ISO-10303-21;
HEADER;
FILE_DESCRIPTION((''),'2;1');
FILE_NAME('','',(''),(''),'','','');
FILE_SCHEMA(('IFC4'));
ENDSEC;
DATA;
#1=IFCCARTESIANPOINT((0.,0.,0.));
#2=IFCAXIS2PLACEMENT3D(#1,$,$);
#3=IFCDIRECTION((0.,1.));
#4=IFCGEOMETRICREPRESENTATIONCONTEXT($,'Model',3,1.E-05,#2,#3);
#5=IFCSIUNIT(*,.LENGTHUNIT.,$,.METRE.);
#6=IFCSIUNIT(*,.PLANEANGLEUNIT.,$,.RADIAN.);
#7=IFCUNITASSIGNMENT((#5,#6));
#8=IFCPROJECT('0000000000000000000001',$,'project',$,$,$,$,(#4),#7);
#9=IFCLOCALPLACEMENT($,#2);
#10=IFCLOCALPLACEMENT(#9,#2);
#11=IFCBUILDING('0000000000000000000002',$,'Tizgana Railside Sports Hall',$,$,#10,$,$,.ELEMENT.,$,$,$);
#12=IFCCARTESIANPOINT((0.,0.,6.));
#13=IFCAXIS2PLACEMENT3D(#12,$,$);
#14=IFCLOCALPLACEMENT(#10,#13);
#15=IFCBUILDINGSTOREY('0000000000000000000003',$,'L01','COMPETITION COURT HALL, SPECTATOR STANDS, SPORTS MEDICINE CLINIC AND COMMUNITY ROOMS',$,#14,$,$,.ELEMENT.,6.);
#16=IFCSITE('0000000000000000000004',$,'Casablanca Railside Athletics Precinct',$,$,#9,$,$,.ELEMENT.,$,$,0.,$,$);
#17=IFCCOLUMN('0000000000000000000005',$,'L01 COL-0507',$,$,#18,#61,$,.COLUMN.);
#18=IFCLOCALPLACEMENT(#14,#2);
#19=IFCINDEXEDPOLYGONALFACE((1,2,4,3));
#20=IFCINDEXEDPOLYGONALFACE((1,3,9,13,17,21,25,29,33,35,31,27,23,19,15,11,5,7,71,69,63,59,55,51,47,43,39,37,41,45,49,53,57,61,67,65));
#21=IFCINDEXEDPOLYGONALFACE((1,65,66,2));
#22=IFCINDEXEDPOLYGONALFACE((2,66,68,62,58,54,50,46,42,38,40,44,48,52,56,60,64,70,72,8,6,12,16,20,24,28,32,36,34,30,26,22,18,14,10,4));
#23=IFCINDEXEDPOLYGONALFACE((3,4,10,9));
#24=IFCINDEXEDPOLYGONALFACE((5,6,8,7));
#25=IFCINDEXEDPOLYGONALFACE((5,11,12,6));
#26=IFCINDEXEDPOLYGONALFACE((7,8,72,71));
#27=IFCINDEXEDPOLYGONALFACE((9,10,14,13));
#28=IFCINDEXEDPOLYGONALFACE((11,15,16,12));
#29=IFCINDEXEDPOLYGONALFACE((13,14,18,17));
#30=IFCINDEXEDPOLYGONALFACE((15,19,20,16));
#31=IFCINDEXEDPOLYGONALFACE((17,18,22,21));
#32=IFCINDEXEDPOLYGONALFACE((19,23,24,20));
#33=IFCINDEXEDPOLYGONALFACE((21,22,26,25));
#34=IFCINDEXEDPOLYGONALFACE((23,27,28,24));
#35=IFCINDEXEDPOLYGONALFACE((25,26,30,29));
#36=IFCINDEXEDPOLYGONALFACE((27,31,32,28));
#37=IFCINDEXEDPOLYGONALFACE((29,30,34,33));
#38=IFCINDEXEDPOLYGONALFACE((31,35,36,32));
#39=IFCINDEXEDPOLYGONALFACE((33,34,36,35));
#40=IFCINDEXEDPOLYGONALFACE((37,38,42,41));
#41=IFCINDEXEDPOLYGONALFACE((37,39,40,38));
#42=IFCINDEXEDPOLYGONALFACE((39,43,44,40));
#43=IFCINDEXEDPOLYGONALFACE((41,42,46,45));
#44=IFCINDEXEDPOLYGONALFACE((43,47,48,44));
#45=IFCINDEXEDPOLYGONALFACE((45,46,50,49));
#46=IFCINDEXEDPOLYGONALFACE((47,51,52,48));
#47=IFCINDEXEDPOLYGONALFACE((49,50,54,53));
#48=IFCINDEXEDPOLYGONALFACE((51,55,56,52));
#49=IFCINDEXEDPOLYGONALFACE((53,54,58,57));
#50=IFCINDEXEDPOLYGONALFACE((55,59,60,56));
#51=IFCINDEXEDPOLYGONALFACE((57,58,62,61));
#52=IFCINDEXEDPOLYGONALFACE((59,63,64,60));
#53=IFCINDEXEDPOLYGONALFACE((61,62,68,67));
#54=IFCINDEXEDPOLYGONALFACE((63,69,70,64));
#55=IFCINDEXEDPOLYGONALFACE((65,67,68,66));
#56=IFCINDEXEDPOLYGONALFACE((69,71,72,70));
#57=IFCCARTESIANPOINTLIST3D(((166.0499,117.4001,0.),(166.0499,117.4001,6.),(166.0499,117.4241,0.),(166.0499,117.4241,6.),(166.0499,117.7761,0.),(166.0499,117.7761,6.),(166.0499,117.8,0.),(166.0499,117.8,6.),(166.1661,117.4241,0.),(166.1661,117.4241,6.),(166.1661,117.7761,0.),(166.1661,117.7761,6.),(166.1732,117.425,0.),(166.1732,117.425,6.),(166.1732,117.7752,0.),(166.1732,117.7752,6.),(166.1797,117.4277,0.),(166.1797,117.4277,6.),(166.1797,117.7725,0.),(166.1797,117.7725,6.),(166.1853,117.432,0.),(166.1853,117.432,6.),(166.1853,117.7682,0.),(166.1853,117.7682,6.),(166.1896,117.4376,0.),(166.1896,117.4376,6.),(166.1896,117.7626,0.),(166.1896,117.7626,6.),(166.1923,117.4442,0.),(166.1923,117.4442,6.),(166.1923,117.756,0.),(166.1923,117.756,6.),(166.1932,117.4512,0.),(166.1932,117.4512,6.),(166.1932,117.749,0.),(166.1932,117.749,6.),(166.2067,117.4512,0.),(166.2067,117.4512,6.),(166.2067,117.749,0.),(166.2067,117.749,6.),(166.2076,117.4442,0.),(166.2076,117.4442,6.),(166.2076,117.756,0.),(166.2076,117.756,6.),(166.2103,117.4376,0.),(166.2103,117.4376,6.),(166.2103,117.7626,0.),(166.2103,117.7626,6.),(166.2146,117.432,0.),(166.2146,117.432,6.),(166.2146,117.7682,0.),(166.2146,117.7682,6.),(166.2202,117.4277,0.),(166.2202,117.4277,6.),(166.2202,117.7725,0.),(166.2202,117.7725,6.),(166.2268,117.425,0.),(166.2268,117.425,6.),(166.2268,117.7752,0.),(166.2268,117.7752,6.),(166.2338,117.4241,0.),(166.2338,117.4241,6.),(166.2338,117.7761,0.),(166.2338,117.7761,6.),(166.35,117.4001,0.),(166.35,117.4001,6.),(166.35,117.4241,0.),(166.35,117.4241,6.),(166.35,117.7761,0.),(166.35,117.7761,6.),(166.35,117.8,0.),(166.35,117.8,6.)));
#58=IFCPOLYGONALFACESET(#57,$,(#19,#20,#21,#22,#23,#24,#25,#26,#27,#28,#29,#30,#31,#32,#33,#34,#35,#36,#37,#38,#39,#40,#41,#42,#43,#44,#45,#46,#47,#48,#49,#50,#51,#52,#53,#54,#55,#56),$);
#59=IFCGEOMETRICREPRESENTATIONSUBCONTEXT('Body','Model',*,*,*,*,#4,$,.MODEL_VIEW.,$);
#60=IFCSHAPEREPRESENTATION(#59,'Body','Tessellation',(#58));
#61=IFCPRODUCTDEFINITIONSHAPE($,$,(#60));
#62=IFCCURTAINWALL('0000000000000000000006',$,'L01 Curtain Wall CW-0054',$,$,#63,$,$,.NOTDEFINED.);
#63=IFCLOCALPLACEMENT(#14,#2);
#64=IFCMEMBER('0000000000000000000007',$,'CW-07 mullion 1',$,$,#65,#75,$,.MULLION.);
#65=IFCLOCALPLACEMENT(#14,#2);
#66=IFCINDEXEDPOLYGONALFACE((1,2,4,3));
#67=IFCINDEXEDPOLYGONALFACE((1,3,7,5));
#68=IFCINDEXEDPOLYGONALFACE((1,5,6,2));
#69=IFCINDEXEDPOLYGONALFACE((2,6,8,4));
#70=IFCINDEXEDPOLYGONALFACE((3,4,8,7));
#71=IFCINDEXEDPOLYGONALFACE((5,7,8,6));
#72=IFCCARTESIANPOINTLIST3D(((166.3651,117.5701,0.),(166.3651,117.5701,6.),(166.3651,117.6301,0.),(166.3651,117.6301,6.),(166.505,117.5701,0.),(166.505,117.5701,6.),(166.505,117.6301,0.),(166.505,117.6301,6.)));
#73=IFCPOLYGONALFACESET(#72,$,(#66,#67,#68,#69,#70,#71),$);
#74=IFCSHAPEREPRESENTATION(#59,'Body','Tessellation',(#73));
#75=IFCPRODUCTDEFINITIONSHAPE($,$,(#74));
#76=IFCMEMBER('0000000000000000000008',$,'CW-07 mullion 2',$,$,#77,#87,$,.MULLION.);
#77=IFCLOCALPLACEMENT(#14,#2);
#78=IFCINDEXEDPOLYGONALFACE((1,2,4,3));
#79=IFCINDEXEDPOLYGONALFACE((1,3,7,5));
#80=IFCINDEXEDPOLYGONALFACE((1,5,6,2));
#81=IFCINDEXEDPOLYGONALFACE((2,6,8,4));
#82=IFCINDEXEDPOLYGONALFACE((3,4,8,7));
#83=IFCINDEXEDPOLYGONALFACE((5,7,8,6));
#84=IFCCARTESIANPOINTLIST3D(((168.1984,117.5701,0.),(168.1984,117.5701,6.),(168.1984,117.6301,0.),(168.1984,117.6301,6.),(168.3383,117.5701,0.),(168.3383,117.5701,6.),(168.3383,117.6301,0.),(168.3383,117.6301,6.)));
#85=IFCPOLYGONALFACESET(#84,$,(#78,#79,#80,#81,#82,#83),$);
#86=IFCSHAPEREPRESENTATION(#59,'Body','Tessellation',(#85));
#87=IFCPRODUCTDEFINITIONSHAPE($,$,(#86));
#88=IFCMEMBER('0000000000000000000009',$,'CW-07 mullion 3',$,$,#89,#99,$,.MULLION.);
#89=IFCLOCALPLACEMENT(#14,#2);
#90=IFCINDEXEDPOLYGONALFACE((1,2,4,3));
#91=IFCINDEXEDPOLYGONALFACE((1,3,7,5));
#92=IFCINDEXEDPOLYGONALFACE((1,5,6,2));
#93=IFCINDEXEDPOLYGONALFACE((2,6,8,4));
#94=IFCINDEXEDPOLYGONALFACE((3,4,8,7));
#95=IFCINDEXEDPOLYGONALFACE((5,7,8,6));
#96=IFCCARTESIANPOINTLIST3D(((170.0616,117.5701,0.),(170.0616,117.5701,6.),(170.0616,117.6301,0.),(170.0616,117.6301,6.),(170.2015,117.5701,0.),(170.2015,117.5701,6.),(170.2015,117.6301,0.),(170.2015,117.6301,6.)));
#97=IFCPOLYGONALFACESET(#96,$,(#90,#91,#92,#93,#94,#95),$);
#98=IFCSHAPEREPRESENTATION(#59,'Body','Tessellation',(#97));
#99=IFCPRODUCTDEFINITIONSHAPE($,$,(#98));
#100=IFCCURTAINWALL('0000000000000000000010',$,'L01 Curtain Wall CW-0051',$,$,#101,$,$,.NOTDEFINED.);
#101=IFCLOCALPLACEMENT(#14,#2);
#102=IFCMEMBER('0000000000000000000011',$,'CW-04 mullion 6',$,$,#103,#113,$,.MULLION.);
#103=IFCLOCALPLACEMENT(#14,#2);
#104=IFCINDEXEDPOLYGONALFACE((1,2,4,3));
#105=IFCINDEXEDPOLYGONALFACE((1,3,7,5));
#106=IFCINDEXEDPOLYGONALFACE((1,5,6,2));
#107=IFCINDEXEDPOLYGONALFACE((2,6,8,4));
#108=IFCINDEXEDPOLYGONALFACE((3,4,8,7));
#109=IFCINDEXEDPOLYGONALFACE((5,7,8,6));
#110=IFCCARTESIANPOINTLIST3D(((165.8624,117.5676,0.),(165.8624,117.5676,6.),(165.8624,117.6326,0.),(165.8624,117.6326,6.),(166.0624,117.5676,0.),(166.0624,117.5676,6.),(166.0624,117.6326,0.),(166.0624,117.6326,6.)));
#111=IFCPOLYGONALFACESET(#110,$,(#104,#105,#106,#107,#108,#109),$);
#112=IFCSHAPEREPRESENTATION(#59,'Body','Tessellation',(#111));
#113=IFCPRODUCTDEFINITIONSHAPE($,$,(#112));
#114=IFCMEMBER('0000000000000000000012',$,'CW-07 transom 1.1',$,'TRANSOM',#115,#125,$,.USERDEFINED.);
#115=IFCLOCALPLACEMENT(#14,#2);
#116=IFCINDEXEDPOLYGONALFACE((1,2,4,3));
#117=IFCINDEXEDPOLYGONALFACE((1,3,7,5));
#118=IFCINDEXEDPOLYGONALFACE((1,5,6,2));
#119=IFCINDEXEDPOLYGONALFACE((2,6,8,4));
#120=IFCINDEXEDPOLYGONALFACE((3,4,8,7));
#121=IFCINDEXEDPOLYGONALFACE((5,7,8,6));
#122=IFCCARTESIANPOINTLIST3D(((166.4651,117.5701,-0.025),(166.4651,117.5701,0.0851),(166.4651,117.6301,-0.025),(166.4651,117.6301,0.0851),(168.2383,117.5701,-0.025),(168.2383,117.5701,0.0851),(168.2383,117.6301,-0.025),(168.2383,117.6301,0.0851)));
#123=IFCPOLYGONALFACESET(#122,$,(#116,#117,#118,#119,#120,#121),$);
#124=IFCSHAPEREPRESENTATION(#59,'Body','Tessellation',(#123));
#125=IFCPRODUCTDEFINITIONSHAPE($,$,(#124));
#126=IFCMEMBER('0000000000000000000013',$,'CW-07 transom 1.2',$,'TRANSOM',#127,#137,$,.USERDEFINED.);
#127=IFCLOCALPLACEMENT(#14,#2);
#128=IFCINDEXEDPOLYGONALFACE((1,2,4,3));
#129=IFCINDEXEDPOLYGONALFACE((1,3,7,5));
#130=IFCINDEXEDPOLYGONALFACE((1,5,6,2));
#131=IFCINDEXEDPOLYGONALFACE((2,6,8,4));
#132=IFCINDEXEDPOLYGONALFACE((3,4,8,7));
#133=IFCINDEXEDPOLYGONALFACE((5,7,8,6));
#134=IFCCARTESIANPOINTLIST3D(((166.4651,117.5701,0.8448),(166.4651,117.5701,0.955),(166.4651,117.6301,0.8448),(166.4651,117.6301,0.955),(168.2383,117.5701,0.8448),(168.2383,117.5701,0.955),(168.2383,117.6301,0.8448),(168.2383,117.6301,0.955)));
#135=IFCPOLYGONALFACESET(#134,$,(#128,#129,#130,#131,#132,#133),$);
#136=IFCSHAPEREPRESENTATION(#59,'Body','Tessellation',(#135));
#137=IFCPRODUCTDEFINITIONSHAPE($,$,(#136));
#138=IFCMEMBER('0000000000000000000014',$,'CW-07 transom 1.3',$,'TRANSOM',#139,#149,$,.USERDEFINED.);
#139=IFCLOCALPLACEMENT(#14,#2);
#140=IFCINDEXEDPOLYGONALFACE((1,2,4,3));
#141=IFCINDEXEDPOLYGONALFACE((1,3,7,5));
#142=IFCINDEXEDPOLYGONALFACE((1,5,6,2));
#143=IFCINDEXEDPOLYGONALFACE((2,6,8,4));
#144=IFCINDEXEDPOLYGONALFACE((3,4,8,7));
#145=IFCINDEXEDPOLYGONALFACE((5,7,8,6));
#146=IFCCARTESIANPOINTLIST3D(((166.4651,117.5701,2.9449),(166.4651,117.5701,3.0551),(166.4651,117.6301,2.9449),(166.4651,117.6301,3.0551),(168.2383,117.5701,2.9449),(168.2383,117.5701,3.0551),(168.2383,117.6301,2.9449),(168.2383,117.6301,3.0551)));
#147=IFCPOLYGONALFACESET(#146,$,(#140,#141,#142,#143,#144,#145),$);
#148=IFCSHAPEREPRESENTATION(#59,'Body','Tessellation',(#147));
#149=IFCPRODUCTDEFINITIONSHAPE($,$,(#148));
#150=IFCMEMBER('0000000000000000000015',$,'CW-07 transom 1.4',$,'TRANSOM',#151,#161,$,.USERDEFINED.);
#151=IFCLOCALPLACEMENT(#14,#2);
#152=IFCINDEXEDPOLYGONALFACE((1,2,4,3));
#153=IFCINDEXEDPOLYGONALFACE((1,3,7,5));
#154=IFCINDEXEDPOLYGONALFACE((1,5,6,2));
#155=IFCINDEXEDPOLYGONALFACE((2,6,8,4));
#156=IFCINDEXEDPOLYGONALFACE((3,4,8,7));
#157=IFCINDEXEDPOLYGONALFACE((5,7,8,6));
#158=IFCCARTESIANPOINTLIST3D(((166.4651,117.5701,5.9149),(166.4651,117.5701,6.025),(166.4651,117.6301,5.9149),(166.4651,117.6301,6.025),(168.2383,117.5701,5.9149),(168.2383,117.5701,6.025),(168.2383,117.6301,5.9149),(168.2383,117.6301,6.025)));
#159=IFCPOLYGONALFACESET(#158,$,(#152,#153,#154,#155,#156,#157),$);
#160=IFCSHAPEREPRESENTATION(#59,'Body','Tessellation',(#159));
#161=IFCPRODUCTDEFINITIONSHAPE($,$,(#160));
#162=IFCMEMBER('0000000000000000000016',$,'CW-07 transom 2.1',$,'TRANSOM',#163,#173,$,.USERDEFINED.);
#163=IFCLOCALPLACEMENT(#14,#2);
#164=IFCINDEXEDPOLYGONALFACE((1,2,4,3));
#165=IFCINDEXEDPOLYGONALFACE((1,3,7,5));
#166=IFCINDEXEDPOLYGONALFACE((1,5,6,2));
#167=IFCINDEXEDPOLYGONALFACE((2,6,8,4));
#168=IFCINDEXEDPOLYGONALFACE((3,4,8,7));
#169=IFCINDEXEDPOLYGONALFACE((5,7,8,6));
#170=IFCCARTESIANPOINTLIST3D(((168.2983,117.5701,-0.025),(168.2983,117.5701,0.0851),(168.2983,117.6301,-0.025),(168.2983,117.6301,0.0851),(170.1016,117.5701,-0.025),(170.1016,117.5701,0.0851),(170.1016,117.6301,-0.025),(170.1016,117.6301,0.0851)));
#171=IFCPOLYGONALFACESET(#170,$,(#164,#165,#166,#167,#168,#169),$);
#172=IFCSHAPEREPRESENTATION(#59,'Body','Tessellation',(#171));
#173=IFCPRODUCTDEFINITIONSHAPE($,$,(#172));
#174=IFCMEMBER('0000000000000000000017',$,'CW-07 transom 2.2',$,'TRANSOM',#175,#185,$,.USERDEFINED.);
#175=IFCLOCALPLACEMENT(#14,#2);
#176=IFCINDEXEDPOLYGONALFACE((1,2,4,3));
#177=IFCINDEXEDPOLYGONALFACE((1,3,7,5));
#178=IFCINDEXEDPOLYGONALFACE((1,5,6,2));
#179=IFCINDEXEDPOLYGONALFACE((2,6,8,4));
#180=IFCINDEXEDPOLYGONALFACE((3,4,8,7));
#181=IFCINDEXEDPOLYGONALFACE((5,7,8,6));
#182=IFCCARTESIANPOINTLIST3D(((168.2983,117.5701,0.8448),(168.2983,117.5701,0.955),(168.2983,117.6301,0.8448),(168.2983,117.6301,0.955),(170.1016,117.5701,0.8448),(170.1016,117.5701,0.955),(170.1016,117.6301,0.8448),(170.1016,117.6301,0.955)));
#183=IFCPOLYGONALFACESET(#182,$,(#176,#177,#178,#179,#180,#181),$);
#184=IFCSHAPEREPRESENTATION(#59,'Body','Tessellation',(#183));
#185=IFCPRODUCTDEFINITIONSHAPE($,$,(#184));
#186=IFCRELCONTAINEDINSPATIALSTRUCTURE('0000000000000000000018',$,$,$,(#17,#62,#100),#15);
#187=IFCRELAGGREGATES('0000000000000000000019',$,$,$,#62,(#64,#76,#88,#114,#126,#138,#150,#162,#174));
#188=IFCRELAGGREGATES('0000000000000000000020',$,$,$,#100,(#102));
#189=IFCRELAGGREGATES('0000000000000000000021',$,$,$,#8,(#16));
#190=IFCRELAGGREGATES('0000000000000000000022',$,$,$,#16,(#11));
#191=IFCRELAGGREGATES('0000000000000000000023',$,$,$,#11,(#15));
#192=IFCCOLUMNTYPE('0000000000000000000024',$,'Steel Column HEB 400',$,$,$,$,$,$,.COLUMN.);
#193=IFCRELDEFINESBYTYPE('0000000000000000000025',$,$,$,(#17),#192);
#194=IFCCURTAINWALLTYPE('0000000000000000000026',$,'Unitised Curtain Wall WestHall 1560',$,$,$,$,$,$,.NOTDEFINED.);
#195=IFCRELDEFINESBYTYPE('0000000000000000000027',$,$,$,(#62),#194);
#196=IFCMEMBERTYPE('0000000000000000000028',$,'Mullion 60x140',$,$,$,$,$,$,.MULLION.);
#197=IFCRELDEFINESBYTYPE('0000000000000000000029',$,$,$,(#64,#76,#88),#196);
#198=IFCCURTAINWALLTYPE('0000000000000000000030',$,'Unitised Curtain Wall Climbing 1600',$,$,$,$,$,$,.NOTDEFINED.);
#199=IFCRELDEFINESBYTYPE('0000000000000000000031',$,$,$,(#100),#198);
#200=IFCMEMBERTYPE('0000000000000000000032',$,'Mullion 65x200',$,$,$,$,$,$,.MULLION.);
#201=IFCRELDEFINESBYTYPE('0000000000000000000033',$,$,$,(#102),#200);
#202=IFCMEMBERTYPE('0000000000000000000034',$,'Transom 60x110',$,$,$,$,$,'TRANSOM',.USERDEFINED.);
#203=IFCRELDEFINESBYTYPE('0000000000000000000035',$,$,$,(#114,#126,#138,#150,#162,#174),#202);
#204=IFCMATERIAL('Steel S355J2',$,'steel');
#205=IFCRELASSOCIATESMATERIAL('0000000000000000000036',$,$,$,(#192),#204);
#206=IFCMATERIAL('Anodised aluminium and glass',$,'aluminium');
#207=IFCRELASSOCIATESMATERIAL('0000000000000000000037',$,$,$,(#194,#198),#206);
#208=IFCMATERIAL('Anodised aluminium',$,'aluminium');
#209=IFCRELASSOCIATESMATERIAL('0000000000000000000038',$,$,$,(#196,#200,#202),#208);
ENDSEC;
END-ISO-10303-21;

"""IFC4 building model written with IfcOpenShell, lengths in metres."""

from ifc_helpers import new_model, si_unit, direction, frame, origin, origin_2d, place, context, subcontext, project, spatial, rectangle, i_section, extrude, material, material_profile, profile_set, type_object, element, aggregate, save


model = new_model("IFC4")

# Units and contexts
model_context = context("Model", 3, precision=1e-05, world=origin(), true_north=direction((0.0, 1.0)))
body_context = subcontext(model_context, "Body", "Model", "MODEL_VIEW")
ifc_project = project(units=[si_unit("LENGTHUNIT", "METRE"), si_unit("PLANEANGLEUNIT", "RADIAN")], contexts=[model_context])

# Site, building, storey
site_placement = place(None, origin())
site = spatial("IfcSite", under=ifc_project, at=site_placement, Name="Casablanca Railside Athletics Precinct", CompositionType="ELEMENT", RefElevation=0.0)
building_placement = place(site_placement, origin())
building = spatial("IfcBuilding", under=site, at=building_placement, Name="Tizgana Railside Sports Hall", CompositionType="ELEMENT")
storey_placement = place(building_placement, frame((0.0, 0.0, 6.0)))
storey = spatial("IfcBuildingStorey", under=building, at=storey_placement, Name="L01", Description="COMPETITION COURT HALL, SPECTATOR STANDS, SPORTS MEDICINE CLINIC AND COMMUNITY ROOMS", CompositionType="ELEMENT", Elevation=6.0)

# Column
ifc_material_1 = material(Name="Steel S355J2", Category="steel")
ifc_material_profile_1 = material_profile(ifc_material_1, i_section(OverallWidth=0.3, OverallDepth=0.3999, WebThickness=0.0134, FlangeThickness=0.0239, FilletRadius=0.0271, at=origin_2d()), Name="HEB 400")
ifc_profile_set_1 = profile_set([ifc_material_profile_1], Name="Steel S355J2")
column_type = type_object("IfcColumnType", Name="Steel Column HEB 400", PredefinedType="COLUMN", material=ifc_profile_set_1)
column_placement = place(storey_placement, frame((166.2, 117.6001, 0.0), z_axis=(0.0, 0.0, 1.0), x_axis=(1.0, 0.0, 0.0)))
element("IfcColumn", 1, at=column_placement, inside=storey, type_object=column_type, Name="L01 COL-0507", PredefinedType="COLUMN", context=body_context, shape_type="SweptSolid", body=[
    extrude(i_section(OverallWidth=0.3, OverallDepth=0.3999, WebThickness=0.0134, FlangeThickness=0.0239, FilletRadius=0.0271, at=origin_2d()), origin(), (0.0, 0.0, 1.0), 6.0),
])

# Curtain wall, members
ifc_material_2 = material(Name="Anodised aluminium and glass", Category="aluminium")
curtain_wall_type_1 = type_object("IfcCurtainWallType", Name="Unitised Curtain Wall WestHall 1560", PredefinedType="NOTDEFINED", material=ifc_material_2)
curtain_wall_1_placement = place(storey_placement, origin())
curtain_wall_1 = element("IfcCurtainWall", 2, at=curtain_wall_1_placement, inside=storey, type_object=curtain_wall_type_1, Name="L01 Curtain Wall CW-0054", PredefinedType="NOTDEFINED")
ifc_material_3 = material(Name="Anodised aluminium", Category="aluminium")
ifc_material_profile_2 = material_profile(ifc_material_3, rectangle(XDim=0.0601, YDim=0.1399, at=origin_2d()), Name="Mullion 60x140")
ifc_profile_set_2 = profile_set([ifc_material_profile_2], Name="Anodised aluminium")
member_type_1 = type_object("IfcMemberType", Name="Mullion 60x140", PredefinedType="MULLION", material=ifc_profile_set_2)
member_1_placement = place(storey_placement, frame((166.4351, 117.6001, 0.0), z_axis=(0.0, 0.0, 1.0), x_axis=(0.0, 1.0, 0.0)))
member_1 = element("IfcMember", 3, at=member_1_placement, type_object=member_type_1, Name="CW-07 mullion 1", PredefinedType="MULLION", context=body_context, shape_type="SweptSolid", body=[
    extrude(rectangle(XDim=0.0601, YDim=0.1399, at=origin_2d()), origin(), (0.0, 0.0, 1.0), 6.0),
])
member_2_placement = place(storey_placement, frame((168.2683, 117.6001, 0.0), z_axis=(0.0, 0.0, 1.0), x_axis=(0.0, 1.0, 0.0)))
member_2 = element("IfcMember", 4, at=member_2_placement, type_object=member_type_1, Name="CW-07 mullion 2", PredefinedType="MULLION", context=body_context, shape_type="SweptSolid", body=[
    extrude(rectangle(XDim=0.0601, YDim=0.1399, at=origin_2d()), origin(), (0.0, 0.0, 1.0), 6.0),
])
member_3_placement = place(storey_placement, frame((170.1316, 117.6001, 0.0), z_axis=(0.0, 0.0, 1.0), x_axis=(0.0, 1.0, 0.0)))
member_3 = element("IfcMember", 5, at=member_3_placement, type_object=member_type_1, Name="CW-07 mullion 3", PredefinedType="MULLION", context=body_context, shape_type="SweptSolid", body=[
    extrude(rectangle(XDim=0.0601, YDim=0.1399, at=origin_2d()), origin(), (0.0, 0.0, 1.0), 6.0),
])

# Curtain wall, member
curtain_wall_type_2 = type_object("IfcCurtainWallType", Name="Unitised Curtain Wall Climbing 1600", PredefinedType="NOTDEFINED", material=ifc_material_2)
curtain_wall_2_placement = place(storey_placement, origin())
curtain_wall_2 = element("IfcCurtainWall", 6, at=curtain_wall_2_placement, inside=storey, type_object=curtain_wall_type_2, Name="L01 Curtain Wall CW-0051", PredefinedType="NOTDEFINED")
ifc_material_profile_3 = material_profile(ifc_material_3, rectangle(XDim=0.0649, YDim=0.2, at=origin_2d()), Name="Mullion 65x200")
ifc_profile_set_3 = profile_set([ifc_material_profile_3], Name="Anodised aluminium")
member_type_2 = type_object("IfcMemberType", Name="Mullion 65x200", PredefinedType="MULLION", material=ifc_profile_set_3)
member_4_placement = place(storey_placement, frame((165.9624, 117.6001, 0.0), z_axis=(0.0, 0.0, 1.0), x_axis=(0.0, 1.0, 0.0)))
member_4 = element("IfcMember", 7, at=member_4_placement, type_object=member_type_2, Name="CW-04 mullion 6", PredefinedType="MULLION", context=body_context, shape_type="SweptSolid", body=[
    extrude(rectangle(XDim=0.0649, YDim=0.2, at=origin_2d()), origin(), (0.0, 0.0, 1.0), 6.0),
])

# Members
ifc_material_profile_4 = material_profile(ifc_material_3, rectangle(XDim=0.0601, YDim=0.1101, at=origin_2d()), Name="Transom 60x110")
ifc_profile_set_4 = profile_set([ifc_material_profile_4], Name="Anodised aluminium")
member_type_3 = type_object("IfcMemberType", Name="Transom 60x110", ElementType="TRANSOM", PredefinedType="USERDEFINED", material=ifc_profile_set_4)
member_5_placement = place(storey_placement, frame((166.4651, 117.6001, 0.03), z_axis=(1.0, 0.0, 0.0), x_axis=(0.0, 1.0, 0.0)))
member_5 = element("IfcMember", 8, at=member_5_placement, type_object=member_type_3, Name="CW-07 transom 1.1", ObjectType="TRANSOM", PredefinedType="USERDEFINED", context=body_context, shape_type="SweptSolid", body=[
    extrude(rectangle(XDim=0.0601, YDim=0.1101, at=origin_2d()), origin(), (0.0, 0.0, 1.0), 1.7732),
])
member_6_placement = place(storey_placement, frame((166.4651, 117.6001, 0.8999), z_axis=(1.0, 0.0, 0.0), x_axis=(0.0, 1.0, 0.0)))
member_6 = element("IfcMember", 9, at=member_6_placement, type_object=member_type_3, Name="CW-07 transom 1.2", ObjectType="TRANSOM", PredefinedType="USERDEFINED", context=body_context, shape_type="SweptSolid", body=[
    extrude(rectangle(XDim=0.0601, YDim=0.1101, at=origin_2d()), origin(), (0.0, 0.0, 1.0), 1.7732),
])
member_7_placement = place(storey_placement, frame((166.4651, 117.6001, 3.0), z_axis=(1.0, 0.0, 0.0), x_axis=(0.0, 1.0, 0.0)))
member_7 = element("IfcMember", 10, at=member_7_placement, type_object=member_type_3, Name="CW-07 transom 1.3", ObjectType="TRANSOM", PredefinedType="USERDEFINED", context=body_context, shape_type="SweptSolid", body=[
    extrude(rectangle(XDim=0.0601, YDim=0.1101, at=origin_2d()), origin(), (0.0, 0.0, 1.0), 1.7732),
])
member_8_placement = place(storey_placement, frame((166.4651, 117.6001, 5.97), z_axis=(1.0, 0.0, 0.0), x_axis=(0.0, 1.0, 0.0)))
member_8 = element("IfcMember", 11, at=member_8_placement, type_object=member_type_3, Name="CW-07 transom 1.4", ObjectType="TRANSOM", PredefinedType="USERDEFINED", context=body_context, shape_type="SweptSolid", body=[
    extrude(rectangle(XDim=0.0601, YDim=0.1101, at=origin_2d()), origin(), (0.0, 0.0, 1.0), 1.7732),
])
member_9_placement = place(storey_placement, frame((168.2983, 117.6001, 0.03), z_axis=(1.0, 0.0, 0.0), x_axis=(0.0, 1.0, 0.0)))
member_9 = element("IfcMember", 12, at=member_9_placement, type_object=member_type_3, Name="CW-07 transom 2.1", ObjectType="TRANSOM", PredefinedType="USERDEFINED", context=body_context, shape_type="SweptSolid", body=[
    extrude(rectangle(XDim=0.0601, YDim=0.1101, at=origin_2d()), origin(), (0.0, 0.0, 1.0), 1.8032),
])
member_10_placement = place(storey_placement, frame((168.2983, 117.6001, 0.8999), z_axis=(1.0, 0.0, 0.0), x_axis=(0.0, 1.0, 0.0)))
member_10 = element("IfcMember", 13, at=member_10_placement, type_object=member_type_3, Name="CW-07 transom 2.2", ObjectType="TRANSOM", PredefinedType="USERDEFINED", context=body_context, shape_type="SweptSolid", body=[
    extrude(rectangle(XDim=0.0601, YDim=0.1101, at=origin_2d()), origin(), (0.0, 0.0, 1.0), 1.8032),
])

aggregate(curtain_wall_1, [member_1, member_2, member_3, member_5, member_6, member_7, member_8, member_9, member_10])
aggregate(curtain_wall_2, [member_4])

save(model, "model.ifc")
